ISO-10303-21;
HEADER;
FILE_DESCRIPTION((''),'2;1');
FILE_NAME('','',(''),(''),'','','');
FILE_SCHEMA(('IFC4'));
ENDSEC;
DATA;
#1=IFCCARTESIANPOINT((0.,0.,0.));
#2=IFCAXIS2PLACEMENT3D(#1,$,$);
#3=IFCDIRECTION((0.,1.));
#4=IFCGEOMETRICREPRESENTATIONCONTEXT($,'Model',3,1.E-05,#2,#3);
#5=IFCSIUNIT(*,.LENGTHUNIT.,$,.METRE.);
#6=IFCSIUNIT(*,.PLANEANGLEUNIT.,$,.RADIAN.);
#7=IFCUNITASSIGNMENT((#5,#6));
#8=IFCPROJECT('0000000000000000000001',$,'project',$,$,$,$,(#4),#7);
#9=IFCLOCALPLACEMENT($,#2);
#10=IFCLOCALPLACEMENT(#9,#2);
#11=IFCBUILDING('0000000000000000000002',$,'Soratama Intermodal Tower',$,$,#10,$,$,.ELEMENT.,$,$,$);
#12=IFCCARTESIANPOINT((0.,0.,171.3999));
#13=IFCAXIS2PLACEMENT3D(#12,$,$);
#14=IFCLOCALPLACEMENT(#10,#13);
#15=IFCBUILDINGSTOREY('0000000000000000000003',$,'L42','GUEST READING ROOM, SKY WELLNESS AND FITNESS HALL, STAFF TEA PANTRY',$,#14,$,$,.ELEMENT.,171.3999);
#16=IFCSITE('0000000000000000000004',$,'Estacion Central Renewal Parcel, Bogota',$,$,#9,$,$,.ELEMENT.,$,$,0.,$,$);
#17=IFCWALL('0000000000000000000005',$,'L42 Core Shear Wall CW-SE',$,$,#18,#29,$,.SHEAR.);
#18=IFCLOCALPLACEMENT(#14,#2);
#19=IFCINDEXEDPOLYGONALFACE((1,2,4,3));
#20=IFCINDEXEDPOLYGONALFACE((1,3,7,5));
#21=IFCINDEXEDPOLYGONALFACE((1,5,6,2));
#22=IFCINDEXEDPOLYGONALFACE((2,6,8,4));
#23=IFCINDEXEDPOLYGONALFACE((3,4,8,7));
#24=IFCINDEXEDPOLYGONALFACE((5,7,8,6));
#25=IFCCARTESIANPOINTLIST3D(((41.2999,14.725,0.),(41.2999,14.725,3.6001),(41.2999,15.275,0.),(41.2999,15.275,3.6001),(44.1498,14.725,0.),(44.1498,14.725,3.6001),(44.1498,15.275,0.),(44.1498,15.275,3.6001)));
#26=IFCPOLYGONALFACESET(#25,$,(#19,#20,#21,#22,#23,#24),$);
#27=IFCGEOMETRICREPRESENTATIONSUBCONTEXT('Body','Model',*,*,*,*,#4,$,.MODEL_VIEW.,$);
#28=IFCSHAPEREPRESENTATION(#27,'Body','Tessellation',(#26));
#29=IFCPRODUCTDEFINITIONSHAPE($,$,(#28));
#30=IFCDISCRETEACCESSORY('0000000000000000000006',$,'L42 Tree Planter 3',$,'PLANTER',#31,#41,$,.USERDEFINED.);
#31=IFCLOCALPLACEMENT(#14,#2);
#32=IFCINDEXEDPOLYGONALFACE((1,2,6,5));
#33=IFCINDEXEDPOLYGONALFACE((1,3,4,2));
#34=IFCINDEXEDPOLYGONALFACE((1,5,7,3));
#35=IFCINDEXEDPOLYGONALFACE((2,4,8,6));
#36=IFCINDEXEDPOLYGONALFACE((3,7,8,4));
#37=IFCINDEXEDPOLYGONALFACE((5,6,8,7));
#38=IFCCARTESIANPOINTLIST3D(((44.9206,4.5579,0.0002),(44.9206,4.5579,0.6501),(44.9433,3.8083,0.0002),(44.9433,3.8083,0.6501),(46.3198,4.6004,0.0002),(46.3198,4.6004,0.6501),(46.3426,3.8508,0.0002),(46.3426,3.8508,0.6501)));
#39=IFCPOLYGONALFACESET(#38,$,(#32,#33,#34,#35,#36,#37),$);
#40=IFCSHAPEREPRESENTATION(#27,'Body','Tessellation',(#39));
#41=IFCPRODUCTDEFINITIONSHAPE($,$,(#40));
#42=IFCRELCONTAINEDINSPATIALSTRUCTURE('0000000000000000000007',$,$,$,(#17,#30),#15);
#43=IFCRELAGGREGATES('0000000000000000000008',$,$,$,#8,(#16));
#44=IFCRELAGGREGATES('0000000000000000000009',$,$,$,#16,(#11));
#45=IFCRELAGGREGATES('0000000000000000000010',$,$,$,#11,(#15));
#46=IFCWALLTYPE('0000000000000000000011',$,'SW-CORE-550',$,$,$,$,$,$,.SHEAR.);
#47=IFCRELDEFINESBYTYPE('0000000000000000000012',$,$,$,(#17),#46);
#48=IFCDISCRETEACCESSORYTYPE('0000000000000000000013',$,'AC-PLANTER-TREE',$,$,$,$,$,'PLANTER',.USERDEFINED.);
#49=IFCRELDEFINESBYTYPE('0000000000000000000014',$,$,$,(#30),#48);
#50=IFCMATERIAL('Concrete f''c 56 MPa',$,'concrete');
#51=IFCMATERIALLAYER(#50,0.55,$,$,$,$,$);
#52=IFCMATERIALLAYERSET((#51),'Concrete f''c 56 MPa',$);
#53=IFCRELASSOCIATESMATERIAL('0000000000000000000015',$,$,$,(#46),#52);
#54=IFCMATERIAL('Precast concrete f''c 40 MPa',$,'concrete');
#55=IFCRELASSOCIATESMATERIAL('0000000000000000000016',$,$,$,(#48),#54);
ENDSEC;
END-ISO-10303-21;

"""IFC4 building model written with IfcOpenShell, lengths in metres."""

from ifc_helpers import new_model, si_unit, direction, frame, frame_2d, origin, origin_2d, place, context, subcontext, project, spatial, rectangle, extrude, material, layer, layer_set, type_object, element, save


model = new_model("IFC4")

# Units and contexts
model_context = context("Model", 3, precision=1e-05, world=origin(), true_north=direction((0.0, 1.0)))
body_context = subcontext(model_context, "Body", "Model", "MODEL_VIEW")
ifc_project = project(units=[si_unit("LENGTHUNIT", "METRE"), si_unit("PLANEANGLEUNIT", "RADIAN")], contexts=[model_context])

# Site, building, storey
site_placement = place(None, origin())
site = spatial("IfcSite", under=ifc_project, at=site_placement, Name="Estacion Central Renewal Parcel, Bogota", CompositionType="ELEMENT", RefElevation=0.0)
building_placement = place(site_placement, origin())
building = spatial("IfcBuilding", under=site, at=building_placement, Name="Soratama Intermodal Tower", CompositionType="ELEMENT")
storey_placement = place(building_placement, frame((0.0, 0.0, 171.3999)))
storey = spatial("IfcBuildingStorey", under=building, at=storey_placement, Name="L42", Description="GUEST READING ROOM, SKY WELLNESS AND FITNESS HALL, STAFF TEA PANTRY", CompositionType="ELEMENT", Elevation=171.3999)

# Wall
ifc_material_1 = material(Name="Concrete f'c 56 MPa", Category="concrete")
ifc_layer_1 = layer(ifc_material_1, 0.55)
ifc_layer_set_1 = layer_set([ifc_layer_1], Name="Concrete f'c 56 MPa")
wall_type_1 = type_object("IfcWallType", Name="SW-CORE-550", PredefinedType="SHEAR", material=ifc_layer_set_1)
wall_1_placement = place(storey_placement, frame((41.3, 15.0, 0.0), z_axis=(0.0, 0.0, 1.0), x_axis=(1.0, 0.0, 0.0)))
element("IfcWall", 1, at=wall_1_placement, inside=storey, type_object=wall_type_1, Name="L42 Core Shear Wall CW-SE", PredefinedType="SHEAR", context=body_context, shape_type="SweptSolid", body=[
    extrude(rectangle(XDim=2.8499, YDim=0.55, at=frame_2d((1.4248, 0.0))), origin(), (0.0, 0.0, 1.0), 3.6001),
])

# Discrete accessory
ifc_material_2 = material(Name="Precast concrete f'c 40 MPa", Category="concrete")
discrete_accessory_type = type_object("IfcDiscreteAccessoryType", Name="AC-PLANTER-TREE", ElementType="PLANTER", PredefinedType="USERDEFINED", material=ifc_material_2)
discrete_accessory_placement = place(storey_placement, frame((45.6316, 4.2043, 0.0002), z_axis=(0.0, 0.0, 1.0), x_axis=(0.030364, -0.999539, 0.0)))
element("IfcDiscreteAccessory", 2, at=discrete_accessory_placement, inside=storey, type_object=discrete_accessory_type, Name="L42 Tree Planter 3", ObjectType="PLANTER", PredefinedType="USERDEFINED", context=body_context, shape_type="SweptSolid", body=[
    extrude(rectangle(XDim=0.75, YDim=1.3999, at=origin_2d()), origin(), (0.0, 0.0, 1.0), 0.6499),
])

save(model, "model.ifc")
